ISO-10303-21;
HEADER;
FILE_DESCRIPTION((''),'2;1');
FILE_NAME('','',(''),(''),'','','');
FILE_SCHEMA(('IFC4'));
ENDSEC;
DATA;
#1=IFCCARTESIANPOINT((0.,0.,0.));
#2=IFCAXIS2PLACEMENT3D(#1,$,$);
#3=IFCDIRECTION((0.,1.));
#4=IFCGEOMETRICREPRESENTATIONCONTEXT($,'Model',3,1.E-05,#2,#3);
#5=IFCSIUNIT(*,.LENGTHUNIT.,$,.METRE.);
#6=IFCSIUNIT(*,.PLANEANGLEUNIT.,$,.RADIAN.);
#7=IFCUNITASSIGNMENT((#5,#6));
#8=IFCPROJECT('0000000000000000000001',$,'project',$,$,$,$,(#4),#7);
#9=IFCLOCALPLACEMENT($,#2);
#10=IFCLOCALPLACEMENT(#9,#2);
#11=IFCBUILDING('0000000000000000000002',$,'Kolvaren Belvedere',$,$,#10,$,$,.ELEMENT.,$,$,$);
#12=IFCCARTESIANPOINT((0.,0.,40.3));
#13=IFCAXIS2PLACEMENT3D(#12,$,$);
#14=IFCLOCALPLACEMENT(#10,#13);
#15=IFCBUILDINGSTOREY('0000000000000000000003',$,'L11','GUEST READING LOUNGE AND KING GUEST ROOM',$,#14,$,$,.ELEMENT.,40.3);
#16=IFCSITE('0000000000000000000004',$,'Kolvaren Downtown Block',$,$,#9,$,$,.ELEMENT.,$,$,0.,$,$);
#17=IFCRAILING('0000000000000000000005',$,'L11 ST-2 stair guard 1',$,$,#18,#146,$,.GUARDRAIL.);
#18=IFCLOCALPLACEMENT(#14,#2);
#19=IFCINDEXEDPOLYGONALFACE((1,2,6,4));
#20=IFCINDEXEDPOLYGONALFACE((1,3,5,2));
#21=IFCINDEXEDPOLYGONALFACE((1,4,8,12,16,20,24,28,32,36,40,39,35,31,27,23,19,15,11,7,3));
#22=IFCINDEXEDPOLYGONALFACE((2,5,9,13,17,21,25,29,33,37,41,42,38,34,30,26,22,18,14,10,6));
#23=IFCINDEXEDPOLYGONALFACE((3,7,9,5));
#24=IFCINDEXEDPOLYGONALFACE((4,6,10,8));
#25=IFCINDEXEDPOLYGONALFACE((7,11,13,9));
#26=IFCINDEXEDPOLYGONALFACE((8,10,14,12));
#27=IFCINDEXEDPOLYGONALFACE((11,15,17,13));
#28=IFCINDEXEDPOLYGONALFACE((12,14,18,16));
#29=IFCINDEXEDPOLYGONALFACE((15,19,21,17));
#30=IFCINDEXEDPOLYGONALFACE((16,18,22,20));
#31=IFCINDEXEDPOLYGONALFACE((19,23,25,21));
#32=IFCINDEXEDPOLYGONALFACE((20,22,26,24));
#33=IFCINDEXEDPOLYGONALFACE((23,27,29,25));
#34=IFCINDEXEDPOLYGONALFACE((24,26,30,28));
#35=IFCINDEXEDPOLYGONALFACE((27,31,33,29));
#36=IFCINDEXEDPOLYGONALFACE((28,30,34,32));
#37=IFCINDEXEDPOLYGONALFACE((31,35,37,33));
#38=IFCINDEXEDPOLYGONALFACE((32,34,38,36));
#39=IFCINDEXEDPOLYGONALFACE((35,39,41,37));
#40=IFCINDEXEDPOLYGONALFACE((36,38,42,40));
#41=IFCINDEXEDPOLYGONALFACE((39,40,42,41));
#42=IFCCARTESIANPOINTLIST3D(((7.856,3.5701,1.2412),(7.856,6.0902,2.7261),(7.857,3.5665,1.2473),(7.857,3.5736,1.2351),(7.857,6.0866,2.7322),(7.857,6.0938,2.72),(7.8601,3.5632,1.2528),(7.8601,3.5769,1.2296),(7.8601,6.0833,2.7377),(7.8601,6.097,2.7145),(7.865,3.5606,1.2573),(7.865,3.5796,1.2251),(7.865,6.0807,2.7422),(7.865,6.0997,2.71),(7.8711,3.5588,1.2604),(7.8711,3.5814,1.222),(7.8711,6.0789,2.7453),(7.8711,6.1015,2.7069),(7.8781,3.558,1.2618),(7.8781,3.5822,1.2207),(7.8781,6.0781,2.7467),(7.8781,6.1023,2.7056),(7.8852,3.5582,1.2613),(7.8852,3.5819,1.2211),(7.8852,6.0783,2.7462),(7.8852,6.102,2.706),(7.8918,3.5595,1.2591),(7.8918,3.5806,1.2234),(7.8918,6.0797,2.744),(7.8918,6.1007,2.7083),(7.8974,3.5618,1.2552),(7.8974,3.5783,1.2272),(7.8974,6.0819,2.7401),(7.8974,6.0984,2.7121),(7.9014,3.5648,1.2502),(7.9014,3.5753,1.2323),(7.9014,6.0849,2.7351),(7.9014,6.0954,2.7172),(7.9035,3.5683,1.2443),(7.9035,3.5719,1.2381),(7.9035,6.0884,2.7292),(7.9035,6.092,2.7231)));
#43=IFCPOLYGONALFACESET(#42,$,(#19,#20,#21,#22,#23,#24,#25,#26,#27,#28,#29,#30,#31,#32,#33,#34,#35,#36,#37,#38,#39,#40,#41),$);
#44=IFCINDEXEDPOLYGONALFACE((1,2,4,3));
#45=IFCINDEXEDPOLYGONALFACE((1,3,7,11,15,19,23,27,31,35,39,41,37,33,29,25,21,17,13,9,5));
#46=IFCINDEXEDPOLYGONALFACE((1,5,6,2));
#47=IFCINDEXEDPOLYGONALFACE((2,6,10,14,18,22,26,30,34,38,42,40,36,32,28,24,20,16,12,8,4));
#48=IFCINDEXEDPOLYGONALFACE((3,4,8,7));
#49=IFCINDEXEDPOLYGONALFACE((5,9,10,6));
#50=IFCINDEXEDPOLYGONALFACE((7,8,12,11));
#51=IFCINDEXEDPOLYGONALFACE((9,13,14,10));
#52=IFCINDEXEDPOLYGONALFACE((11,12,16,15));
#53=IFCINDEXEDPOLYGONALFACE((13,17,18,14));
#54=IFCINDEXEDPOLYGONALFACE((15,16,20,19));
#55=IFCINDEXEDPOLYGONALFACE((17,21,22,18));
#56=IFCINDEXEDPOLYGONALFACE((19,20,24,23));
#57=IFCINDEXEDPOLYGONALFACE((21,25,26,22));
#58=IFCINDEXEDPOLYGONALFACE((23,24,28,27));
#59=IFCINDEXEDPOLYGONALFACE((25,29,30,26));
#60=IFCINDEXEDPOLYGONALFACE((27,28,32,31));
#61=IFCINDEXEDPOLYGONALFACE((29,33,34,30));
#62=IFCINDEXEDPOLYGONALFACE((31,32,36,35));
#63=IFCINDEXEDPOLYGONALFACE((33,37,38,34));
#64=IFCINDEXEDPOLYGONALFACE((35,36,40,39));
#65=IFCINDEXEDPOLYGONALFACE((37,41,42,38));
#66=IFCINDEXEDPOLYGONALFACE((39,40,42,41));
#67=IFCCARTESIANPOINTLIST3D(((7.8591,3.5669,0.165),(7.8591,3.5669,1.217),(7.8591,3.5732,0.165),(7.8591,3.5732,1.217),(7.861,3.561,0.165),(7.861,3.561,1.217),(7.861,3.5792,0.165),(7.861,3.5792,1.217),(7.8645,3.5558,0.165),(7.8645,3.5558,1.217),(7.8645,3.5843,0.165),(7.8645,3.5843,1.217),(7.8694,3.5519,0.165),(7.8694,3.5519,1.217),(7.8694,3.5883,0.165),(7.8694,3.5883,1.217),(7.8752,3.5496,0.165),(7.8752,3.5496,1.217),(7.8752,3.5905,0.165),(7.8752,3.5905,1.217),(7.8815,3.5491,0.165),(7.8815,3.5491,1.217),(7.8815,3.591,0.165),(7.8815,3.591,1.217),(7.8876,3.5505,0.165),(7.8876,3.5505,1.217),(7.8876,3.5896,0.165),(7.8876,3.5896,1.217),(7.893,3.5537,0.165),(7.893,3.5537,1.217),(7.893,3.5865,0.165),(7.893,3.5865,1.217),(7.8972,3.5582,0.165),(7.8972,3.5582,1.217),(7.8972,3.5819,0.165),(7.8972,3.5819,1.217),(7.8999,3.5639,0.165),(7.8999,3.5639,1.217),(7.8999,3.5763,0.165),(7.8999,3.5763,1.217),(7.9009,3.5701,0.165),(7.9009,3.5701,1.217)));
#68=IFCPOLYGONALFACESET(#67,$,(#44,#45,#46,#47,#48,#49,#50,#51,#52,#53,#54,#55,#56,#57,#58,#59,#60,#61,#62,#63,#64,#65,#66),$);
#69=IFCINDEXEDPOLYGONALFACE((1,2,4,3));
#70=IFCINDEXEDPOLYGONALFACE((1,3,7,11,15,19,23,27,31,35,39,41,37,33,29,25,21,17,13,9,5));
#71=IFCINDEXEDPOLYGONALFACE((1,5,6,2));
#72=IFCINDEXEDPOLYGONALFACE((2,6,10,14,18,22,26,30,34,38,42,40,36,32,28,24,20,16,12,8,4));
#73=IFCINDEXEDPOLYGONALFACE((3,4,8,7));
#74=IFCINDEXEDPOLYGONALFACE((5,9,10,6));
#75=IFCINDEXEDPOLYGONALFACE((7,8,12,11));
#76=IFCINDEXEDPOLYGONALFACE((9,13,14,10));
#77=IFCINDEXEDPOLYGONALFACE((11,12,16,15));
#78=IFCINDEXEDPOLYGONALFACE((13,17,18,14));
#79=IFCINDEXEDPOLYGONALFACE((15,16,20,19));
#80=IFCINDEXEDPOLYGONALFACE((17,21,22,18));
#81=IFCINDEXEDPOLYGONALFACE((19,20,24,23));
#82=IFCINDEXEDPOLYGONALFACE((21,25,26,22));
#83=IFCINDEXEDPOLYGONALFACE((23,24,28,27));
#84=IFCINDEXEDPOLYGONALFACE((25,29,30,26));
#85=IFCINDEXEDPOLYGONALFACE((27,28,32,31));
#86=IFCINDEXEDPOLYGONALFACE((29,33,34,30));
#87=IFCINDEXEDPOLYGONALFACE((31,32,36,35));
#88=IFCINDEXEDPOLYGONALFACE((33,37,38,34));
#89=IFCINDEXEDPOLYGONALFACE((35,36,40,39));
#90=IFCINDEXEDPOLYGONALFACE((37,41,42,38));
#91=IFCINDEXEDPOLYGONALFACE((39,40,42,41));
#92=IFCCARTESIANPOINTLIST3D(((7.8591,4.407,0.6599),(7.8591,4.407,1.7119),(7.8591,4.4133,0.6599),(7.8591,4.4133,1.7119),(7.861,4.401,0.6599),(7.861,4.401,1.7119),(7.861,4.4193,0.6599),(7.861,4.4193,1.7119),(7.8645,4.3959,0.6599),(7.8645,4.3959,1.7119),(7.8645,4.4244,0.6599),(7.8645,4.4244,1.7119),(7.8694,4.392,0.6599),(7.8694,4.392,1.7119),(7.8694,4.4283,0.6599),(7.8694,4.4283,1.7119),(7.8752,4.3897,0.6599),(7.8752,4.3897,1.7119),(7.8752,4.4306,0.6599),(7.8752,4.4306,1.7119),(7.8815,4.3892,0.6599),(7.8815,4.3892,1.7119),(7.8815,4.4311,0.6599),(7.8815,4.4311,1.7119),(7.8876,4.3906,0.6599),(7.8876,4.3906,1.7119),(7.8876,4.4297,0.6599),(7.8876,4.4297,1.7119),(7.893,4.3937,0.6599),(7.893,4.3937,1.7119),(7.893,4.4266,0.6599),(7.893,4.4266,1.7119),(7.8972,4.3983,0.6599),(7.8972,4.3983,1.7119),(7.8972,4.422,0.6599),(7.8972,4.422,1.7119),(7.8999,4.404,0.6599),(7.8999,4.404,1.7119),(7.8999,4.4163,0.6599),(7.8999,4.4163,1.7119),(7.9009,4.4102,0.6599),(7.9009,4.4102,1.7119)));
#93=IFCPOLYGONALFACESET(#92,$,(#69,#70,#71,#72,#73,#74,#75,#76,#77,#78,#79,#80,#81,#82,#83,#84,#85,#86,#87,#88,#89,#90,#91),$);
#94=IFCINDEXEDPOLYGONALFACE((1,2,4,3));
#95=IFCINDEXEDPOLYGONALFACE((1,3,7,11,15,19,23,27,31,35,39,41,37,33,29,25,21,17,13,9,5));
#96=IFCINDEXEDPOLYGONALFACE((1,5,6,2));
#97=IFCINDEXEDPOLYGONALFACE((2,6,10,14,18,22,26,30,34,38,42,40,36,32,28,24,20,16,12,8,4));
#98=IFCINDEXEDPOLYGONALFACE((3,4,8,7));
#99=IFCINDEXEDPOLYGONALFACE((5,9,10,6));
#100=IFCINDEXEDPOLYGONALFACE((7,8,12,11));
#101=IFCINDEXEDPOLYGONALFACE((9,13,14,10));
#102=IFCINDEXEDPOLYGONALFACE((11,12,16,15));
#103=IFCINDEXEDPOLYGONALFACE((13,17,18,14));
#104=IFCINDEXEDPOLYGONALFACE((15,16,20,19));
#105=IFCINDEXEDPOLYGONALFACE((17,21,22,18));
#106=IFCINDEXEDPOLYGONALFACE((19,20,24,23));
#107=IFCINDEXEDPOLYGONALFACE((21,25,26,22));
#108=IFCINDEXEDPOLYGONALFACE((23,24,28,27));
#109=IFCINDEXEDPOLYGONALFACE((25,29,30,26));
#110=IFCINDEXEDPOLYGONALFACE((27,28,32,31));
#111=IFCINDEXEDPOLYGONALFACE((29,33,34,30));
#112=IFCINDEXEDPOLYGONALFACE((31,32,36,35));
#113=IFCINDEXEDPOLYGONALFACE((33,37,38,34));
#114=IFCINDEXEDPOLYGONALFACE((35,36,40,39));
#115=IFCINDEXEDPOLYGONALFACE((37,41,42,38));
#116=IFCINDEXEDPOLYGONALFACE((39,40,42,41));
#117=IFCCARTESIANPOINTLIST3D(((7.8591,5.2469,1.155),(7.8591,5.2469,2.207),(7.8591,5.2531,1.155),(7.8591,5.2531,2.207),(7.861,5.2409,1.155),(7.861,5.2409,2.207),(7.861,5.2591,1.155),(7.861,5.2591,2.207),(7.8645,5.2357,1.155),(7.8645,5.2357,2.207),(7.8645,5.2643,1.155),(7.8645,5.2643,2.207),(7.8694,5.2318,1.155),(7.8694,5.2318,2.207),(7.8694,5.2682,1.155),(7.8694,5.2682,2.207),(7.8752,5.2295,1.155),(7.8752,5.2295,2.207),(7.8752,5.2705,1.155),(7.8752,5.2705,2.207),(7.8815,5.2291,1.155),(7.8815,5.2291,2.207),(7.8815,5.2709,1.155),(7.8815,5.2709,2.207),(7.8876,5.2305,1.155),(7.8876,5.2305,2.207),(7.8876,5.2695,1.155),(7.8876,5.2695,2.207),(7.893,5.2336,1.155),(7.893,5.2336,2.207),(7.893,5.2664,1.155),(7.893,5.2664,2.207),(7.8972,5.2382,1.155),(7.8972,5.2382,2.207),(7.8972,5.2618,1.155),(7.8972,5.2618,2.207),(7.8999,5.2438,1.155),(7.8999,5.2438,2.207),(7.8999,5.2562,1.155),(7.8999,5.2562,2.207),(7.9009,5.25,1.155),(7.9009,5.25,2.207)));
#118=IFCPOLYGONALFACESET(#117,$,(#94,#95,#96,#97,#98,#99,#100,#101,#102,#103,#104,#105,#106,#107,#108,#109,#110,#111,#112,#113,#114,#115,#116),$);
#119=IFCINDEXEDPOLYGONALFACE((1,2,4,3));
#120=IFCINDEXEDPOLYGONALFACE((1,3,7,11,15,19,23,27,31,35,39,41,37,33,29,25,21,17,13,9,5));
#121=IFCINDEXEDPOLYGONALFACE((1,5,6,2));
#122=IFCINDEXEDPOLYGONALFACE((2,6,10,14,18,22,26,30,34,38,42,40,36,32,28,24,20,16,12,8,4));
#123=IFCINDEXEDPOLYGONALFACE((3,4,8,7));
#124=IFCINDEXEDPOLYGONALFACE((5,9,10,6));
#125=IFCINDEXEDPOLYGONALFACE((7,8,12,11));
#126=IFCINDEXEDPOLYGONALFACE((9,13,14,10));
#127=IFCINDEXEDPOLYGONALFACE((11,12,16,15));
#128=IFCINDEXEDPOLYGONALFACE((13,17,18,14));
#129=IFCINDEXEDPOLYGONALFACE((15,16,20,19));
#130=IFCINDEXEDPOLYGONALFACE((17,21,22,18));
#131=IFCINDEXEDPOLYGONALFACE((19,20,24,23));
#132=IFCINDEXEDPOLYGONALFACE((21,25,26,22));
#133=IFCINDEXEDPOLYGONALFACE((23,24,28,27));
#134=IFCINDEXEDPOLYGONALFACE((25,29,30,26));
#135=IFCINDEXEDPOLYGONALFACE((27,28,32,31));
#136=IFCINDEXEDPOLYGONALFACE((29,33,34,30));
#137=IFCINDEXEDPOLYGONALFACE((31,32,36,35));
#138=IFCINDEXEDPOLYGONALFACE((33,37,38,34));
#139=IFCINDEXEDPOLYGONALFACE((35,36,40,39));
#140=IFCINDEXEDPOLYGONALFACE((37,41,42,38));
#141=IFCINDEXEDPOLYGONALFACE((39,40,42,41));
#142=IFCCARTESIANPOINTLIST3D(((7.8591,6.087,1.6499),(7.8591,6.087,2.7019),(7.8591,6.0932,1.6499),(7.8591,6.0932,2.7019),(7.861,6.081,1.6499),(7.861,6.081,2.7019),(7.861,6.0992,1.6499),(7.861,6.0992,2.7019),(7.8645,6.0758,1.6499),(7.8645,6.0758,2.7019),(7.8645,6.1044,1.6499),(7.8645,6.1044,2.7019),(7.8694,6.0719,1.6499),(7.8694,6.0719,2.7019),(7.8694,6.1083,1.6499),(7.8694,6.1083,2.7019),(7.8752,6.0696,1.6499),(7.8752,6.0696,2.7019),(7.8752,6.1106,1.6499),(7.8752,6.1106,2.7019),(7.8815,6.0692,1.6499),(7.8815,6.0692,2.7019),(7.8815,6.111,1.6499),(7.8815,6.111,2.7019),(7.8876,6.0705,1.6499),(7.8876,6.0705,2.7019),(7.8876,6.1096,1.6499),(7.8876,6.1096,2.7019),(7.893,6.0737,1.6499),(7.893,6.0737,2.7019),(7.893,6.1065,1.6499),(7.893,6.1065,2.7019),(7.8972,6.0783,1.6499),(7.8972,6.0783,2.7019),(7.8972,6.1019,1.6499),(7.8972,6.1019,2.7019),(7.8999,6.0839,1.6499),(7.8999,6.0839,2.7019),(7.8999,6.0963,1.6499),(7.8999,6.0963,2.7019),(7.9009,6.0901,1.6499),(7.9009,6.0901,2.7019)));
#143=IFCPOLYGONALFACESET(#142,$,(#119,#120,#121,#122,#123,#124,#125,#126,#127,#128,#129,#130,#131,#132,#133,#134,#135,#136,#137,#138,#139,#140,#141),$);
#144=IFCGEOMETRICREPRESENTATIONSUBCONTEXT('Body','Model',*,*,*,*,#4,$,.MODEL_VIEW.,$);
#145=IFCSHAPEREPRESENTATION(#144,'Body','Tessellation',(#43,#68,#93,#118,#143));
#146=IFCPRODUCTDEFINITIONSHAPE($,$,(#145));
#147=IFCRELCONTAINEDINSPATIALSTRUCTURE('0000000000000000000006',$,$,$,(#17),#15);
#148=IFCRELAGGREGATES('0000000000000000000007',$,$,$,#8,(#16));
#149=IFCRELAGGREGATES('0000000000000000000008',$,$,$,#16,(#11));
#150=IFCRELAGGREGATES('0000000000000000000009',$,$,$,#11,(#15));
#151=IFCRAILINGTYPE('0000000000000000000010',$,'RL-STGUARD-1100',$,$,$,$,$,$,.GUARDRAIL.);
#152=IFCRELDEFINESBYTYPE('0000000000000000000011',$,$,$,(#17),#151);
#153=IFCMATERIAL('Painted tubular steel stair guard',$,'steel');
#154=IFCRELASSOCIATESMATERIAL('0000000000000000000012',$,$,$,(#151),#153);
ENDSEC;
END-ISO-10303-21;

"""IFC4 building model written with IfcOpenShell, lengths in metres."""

from ifc_helpers import new_model, si_unit, direction, frame, origin, origin_2d, place, context, subcontext, project, spatial, circle, extrude, material, type_object, element, save


model = new_model("IFC4")

# Units and contexts
model_context = context("Model", 3, precision=1e-05, world=origin(), true_north=direction((0.0, 1.0)))
body_context = subcontext(model_context, "Body", "Model", "MODEL_VIEW")
ifc_project = project(units=[si_unit("LENGTHUNIT", "METRE"), si_unit("PLANEANGLEUNIT", "RADIAN")], contexts=[model_context])

# Site, building, storey
site_placement = place(None, origin())
site = spatial("IfcSite", under=ifc_project, at=site_placement, Name="Kolvaren Downtown Block", CompositionType="ELEMENT", RefElevation=0.0)
building_placement = place(site_placement, origin())
building = spatial("IfcBuilding", under=site, at=building_placement, Name="Kolvaren Belvedere", CompositionType="ELEMENT")
storey_placement = place(building_placement, frame((0.0, 0.0, 40.3)))
storey = spatial("IfcBuildingStorey", under=building, at=storey_placement, Name="L11", Description="GUEST READING LOUNGE AND KING GUEST ROOM", CompositionType="ELEMENT", Elevation=40.3)

# Railing
ifc_material_1 = material(Name="Painted tubular steel stair guard", Category="steel")
railing_type_1 = type_object("IfcRailingType", Name="RL-STGUARD-1100", PredefinedType="GUARDRAIL", material=ifc_material_1)
railing_1_placement = place(storey_placement, frame((7.8799, 3.5701, 0.165)))
element("IfcRailing", 1, at=railing_1_placement, inside=storey, type_object=railing_type_1, Name="L11 ST-2 stair guard 1", PredefinedType="GUARDRAIL", context=body_context, shape_type="SweptSolid", body=[
    extrude(circle(Radius=0.0239, at=origin_2d()), frame((0.0, 0.0, 1.0762), z_axis=(0.0, 0.861561, 0.507655), x_axis=(-1.0, 0.0, 0.0)), (0.0, 0.0, 1.0), 2.925),
    extrude(circle(Radius=0.021, at=origin_2d()), origin(), (0.0, 0.0, 1.0), 1.052),
    extrude(circle(Radius=0.021, at=origin_2d()), frame((0.0, 0.8401, 0.4949)), (0.0, 0.0, 1.0), 1.052),
    extrude(circle(Radius=0.021, at=origin_2d()), frame((0.0, 1.6799, 0.99)), (0.0, 0.0, 1.0), 1.052),
    extrude(circle(Radius=0.021, at=origin_2d()), frame((0.0, 2.52, 1.4849)), (0.0, 0.0, 1.0), 1.052),
])

save(model, "model.ifc")
